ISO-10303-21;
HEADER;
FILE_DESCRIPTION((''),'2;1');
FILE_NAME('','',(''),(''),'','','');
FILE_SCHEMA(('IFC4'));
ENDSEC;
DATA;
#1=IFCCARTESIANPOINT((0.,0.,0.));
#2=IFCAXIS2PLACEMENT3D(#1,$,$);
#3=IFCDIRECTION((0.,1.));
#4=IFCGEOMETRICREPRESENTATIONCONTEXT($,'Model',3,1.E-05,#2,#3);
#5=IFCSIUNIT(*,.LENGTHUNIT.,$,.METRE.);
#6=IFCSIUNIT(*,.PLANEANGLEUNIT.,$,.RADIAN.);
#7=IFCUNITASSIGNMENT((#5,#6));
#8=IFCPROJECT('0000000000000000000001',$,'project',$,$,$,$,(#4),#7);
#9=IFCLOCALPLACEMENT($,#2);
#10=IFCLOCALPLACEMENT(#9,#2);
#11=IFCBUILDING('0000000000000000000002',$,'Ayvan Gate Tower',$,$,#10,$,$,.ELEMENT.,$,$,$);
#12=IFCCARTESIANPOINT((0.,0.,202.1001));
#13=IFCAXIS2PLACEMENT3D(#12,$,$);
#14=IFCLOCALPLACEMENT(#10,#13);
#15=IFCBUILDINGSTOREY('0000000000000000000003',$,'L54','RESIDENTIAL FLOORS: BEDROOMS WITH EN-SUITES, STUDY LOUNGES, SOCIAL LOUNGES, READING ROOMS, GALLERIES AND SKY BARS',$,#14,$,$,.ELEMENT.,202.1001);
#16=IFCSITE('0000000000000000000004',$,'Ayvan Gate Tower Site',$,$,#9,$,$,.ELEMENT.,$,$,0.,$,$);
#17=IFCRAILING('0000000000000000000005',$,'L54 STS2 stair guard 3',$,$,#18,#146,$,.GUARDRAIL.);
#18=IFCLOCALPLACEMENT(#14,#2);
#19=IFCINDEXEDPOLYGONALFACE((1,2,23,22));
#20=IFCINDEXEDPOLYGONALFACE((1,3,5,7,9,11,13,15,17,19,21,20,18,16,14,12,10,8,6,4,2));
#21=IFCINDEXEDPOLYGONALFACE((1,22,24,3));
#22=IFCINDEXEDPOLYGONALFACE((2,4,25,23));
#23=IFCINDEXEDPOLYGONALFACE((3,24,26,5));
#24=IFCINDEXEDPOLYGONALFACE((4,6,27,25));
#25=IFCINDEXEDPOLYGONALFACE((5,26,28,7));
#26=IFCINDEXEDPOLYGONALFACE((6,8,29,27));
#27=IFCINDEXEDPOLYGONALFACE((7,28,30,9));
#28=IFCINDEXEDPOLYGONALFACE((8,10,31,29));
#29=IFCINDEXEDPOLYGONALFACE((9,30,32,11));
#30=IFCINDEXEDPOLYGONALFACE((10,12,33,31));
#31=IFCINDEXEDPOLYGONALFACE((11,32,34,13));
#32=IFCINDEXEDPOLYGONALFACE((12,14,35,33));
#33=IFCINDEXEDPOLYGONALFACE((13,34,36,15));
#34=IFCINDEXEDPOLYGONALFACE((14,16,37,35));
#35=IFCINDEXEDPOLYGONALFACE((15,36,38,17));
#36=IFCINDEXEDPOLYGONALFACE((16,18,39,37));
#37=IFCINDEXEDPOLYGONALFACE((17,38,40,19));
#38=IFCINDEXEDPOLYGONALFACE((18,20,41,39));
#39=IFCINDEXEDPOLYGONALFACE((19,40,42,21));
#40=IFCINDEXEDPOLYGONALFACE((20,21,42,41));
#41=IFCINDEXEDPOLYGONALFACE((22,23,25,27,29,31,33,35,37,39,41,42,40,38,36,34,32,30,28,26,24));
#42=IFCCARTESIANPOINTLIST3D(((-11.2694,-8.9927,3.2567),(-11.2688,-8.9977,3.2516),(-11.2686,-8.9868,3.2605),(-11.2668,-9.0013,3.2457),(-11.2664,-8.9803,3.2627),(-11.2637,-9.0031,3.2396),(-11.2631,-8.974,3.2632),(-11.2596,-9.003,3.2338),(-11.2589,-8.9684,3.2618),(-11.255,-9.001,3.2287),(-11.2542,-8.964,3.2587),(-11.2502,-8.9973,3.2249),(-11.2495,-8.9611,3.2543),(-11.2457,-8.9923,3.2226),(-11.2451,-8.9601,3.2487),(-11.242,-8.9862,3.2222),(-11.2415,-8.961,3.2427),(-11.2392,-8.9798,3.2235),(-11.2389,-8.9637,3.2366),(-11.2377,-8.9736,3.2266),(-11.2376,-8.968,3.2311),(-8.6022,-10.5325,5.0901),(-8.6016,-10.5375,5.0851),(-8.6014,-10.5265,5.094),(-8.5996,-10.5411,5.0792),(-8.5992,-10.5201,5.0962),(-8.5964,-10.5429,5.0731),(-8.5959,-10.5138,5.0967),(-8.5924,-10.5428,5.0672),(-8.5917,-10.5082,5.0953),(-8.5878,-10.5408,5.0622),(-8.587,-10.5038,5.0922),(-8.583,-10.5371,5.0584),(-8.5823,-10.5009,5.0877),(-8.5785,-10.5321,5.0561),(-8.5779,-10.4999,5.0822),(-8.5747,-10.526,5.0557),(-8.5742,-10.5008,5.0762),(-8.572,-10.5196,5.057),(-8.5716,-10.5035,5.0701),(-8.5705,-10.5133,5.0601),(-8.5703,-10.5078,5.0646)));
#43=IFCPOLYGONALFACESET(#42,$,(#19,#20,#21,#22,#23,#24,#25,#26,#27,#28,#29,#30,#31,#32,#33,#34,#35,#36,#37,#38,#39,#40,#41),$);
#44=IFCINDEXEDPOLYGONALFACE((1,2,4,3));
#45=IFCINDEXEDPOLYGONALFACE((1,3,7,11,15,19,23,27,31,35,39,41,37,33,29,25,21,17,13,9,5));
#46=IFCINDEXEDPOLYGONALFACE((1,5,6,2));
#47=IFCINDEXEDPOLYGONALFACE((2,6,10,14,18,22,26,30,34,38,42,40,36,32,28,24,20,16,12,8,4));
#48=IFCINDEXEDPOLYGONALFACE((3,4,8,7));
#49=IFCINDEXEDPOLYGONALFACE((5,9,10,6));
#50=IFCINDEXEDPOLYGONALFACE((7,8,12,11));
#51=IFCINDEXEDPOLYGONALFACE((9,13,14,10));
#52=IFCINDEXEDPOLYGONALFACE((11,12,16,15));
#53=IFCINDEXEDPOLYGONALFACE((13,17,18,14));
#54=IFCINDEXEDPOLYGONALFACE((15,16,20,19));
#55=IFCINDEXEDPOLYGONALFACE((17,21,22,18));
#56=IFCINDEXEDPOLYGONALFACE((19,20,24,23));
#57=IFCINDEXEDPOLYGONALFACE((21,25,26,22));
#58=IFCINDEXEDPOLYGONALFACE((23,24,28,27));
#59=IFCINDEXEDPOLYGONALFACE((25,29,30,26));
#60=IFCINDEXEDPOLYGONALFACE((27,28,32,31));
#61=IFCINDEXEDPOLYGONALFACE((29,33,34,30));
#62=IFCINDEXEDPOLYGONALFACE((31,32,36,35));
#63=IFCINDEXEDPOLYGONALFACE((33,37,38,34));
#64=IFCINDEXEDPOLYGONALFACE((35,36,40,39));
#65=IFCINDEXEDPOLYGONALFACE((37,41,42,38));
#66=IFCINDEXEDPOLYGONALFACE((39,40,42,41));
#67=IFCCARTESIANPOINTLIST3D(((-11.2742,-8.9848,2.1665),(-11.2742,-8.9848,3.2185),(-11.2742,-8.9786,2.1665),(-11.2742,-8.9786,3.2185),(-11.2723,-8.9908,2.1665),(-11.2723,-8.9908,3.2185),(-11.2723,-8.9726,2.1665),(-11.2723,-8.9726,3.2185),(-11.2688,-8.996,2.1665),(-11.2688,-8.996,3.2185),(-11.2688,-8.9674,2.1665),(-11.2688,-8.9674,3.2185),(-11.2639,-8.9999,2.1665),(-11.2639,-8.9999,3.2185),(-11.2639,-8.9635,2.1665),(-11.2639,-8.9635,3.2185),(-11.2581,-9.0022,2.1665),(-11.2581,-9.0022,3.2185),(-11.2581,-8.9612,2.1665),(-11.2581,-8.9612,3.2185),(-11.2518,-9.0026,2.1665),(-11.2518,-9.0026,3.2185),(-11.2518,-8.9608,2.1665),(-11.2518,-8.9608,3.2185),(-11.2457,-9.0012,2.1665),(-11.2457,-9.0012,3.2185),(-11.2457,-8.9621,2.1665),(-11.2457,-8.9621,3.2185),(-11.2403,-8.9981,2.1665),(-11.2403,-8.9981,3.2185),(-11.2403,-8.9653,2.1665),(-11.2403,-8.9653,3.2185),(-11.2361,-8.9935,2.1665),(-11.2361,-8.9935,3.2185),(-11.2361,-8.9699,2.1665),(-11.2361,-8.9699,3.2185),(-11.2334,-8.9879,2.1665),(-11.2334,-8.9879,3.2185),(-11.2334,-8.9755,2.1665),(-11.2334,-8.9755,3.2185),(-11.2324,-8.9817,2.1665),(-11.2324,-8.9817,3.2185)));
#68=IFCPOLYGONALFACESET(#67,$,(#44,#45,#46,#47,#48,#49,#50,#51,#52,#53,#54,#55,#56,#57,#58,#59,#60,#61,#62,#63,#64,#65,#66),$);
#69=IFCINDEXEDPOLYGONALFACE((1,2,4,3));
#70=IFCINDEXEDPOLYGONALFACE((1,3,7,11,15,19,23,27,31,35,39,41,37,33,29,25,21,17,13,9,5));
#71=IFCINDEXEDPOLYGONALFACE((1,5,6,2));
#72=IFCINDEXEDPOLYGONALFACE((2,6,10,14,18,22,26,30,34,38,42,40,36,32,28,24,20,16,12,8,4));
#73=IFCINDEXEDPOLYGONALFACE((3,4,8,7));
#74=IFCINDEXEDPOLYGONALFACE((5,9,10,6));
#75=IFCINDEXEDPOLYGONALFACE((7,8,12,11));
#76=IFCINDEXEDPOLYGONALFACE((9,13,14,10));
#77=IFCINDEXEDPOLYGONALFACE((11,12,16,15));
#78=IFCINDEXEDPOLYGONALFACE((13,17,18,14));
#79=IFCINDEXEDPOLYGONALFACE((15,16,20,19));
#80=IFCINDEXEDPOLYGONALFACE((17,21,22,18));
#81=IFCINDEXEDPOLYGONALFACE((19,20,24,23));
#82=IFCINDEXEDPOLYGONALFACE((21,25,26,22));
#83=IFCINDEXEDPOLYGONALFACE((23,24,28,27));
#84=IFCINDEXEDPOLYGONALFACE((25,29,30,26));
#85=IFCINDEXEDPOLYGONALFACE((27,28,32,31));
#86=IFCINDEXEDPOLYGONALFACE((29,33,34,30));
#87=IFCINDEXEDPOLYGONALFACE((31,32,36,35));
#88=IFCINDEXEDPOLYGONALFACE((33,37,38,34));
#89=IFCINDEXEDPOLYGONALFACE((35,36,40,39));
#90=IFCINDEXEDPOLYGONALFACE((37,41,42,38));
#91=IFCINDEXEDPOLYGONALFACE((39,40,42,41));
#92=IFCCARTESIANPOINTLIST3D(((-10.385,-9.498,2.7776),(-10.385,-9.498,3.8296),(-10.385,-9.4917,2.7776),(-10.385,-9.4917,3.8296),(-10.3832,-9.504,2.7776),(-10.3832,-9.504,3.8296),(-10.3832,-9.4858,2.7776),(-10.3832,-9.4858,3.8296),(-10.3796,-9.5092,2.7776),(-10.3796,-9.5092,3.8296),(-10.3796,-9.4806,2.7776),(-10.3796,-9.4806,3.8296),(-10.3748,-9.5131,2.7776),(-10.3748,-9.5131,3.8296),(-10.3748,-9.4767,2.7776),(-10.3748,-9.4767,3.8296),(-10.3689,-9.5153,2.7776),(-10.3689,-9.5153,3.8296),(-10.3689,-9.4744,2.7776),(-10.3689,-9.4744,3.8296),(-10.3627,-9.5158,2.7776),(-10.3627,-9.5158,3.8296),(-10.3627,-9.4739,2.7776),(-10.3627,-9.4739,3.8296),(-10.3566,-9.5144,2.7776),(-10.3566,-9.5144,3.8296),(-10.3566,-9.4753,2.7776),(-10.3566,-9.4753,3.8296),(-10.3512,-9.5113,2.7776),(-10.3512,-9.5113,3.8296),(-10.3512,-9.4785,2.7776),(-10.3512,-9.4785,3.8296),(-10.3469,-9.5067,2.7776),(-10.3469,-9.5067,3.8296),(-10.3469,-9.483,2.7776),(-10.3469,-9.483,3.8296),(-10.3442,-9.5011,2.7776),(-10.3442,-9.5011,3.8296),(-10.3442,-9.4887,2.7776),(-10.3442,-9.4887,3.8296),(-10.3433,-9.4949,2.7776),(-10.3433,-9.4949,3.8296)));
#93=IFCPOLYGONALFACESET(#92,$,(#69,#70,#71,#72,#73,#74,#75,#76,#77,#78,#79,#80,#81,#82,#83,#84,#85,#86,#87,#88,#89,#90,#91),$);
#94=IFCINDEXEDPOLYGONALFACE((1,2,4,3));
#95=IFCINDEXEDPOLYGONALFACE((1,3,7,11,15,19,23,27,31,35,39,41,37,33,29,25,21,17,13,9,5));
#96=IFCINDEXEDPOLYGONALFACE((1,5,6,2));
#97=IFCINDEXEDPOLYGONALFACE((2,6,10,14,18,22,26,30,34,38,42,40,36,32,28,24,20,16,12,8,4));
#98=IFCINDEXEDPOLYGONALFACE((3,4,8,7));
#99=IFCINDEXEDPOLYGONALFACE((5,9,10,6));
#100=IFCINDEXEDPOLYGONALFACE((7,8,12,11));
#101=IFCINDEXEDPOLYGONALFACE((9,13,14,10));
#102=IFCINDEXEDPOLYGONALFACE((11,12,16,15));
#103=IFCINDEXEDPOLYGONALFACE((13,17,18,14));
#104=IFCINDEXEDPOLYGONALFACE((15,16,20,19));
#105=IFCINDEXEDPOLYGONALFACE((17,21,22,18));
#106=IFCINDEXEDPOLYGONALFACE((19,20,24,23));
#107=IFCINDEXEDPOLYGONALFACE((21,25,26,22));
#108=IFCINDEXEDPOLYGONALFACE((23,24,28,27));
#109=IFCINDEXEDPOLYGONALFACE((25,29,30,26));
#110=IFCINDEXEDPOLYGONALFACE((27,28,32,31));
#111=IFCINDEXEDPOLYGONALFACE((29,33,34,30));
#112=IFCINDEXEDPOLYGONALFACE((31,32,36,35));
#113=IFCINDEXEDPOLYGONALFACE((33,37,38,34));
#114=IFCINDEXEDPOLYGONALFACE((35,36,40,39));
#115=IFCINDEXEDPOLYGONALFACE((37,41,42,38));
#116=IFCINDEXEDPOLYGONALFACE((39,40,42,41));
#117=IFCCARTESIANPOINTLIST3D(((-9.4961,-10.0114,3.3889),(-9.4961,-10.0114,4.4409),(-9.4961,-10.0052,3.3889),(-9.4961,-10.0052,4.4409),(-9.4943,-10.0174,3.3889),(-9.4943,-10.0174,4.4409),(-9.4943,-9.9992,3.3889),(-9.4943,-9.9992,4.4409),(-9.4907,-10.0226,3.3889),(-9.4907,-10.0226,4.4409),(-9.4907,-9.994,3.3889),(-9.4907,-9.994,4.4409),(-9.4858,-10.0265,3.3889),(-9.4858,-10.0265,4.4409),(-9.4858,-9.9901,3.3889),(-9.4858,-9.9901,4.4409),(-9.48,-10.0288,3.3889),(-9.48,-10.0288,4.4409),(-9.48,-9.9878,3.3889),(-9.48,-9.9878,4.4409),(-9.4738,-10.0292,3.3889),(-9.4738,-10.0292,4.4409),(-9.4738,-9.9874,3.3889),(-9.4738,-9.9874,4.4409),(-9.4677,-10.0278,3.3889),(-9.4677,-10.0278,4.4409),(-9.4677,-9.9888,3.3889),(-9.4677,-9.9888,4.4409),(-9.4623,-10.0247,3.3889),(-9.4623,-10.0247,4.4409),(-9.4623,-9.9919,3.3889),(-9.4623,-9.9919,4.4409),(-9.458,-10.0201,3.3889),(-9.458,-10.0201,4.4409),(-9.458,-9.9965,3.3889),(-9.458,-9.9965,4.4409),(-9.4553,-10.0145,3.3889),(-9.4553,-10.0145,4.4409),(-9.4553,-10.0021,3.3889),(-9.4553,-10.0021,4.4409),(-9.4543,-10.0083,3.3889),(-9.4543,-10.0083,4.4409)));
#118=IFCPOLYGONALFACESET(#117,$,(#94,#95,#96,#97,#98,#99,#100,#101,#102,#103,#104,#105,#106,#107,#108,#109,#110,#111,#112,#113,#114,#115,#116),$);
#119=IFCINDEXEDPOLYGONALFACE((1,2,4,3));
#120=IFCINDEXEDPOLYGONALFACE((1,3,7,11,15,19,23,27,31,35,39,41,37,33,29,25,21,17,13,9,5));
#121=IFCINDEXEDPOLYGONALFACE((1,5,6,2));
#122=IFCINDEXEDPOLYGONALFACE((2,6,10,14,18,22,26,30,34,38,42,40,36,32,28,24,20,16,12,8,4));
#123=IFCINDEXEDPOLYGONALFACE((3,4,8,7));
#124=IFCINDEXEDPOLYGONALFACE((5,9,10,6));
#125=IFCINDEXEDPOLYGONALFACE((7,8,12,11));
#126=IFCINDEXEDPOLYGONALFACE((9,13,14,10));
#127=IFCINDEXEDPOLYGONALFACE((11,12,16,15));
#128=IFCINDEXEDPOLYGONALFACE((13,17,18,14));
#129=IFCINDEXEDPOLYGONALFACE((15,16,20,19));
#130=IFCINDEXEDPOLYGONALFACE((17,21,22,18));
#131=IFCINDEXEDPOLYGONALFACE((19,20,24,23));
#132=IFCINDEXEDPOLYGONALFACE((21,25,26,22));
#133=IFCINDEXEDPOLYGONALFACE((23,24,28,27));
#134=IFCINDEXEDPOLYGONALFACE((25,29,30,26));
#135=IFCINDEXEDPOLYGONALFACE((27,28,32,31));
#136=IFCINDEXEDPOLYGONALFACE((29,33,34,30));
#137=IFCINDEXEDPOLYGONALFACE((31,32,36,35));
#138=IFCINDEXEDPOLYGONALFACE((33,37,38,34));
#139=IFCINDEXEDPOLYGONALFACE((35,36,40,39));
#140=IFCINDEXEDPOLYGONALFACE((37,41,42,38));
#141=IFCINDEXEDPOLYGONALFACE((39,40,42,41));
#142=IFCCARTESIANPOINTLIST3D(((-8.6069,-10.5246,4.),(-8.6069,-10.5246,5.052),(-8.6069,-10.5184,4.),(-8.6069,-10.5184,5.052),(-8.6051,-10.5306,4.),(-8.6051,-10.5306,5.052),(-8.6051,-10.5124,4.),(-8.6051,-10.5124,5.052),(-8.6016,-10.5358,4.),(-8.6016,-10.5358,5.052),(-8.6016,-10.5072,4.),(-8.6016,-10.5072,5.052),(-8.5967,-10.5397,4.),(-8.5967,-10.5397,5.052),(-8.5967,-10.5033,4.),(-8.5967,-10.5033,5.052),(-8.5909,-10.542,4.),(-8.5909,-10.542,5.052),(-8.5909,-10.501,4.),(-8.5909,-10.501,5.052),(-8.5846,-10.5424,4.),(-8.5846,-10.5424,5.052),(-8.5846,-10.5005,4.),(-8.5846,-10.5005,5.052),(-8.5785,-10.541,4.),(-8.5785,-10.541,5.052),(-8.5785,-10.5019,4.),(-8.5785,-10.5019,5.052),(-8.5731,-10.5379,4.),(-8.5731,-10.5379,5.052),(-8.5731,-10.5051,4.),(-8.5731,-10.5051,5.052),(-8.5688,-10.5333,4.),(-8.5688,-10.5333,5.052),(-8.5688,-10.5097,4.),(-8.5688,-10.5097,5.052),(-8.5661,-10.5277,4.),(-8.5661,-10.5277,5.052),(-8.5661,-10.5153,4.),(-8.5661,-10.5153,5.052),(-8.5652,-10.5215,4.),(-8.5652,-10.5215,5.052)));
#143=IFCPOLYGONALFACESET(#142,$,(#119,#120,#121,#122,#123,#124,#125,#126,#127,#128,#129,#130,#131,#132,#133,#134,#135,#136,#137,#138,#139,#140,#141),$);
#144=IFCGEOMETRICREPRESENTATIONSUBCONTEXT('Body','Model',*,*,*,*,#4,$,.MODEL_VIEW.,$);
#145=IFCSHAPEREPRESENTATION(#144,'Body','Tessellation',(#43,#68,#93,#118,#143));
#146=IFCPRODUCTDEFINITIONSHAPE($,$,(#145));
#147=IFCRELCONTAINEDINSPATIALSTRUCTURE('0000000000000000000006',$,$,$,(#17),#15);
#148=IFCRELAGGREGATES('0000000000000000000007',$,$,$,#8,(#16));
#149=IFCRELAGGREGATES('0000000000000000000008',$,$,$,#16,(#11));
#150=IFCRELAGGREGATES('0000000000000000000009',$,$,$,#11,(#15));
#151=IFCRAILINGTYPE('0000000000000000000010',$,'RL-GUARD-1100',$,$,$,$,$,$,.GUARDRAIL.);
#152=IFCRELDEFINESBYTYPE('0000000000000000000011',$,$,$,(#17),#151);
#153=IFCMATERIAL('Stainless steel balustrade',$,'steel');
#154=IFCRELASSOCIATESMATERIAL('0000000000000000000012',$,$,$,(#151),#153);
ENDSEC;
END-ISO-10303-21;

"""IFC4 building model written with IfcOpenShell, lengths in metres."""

from ifc_helpers import new_model, si_unit, direction, frame, origin, origin_2d, place, context, subcontext, project, spatial, circle, extrude, material, type_object, element, save


model = new_model("IFC4")

# Units and contexts
model_context = context("Model", 3, precision=1e-05, world=origin(), true_north=direction((0.0, 1.0)))
body_context = subcontext(model_context, "Body", "Model", "MODEL_VIEW")
ifc_project = project(units=[si_unit("LENGTHUNIT", "METRE"), si_unit("PLANEANGLEUNIT", "RADIAN")], contexts=[model_context])

# Site, building, storey
site_placement = place(None, origin())
site = spatial("IfcSite", under=ifc_project, at=site_placement, Name="Ayvan Gate Tower Site", CompositionType="ELEMENT", RefElevation=0.0)
building_placement = place(site_placement, origin())
building = spatial("IfcBuilding", under=site, at=building_placement, Name="Ayvan Gate Tower", CompositionType="ELEMENT")
storey_placement = place(building_placement, frame((0.0, 0.0, 202.1001)))
storey = spatial("IfcBuildingStorey", under=building, at=storey_placement, Name="L54", Description="RESIDENTIAL FLOORS: BEDROOMS WITH EN-SUITES, STUDY LOUNGES, SOCIAL LOUNGES, READING ROOMS, GALLERIES AND SKY BARS", CompositionType="ELEMENT", Elevation=202.1001)

# Railing
ifc_material_1 = material(Name="Stainless steel balustrade", Category="steel")
railing_type_1 = type_object("IfcRailingType", Name="RL-GUARD-1100", PredefinedType="GUARDRAIL", material=ifc_material_1)
railing_1_placement = place(storey_placement, frame((-11.2534, -8.9817, 2.1665)))
element("IfcRailing", 1, at=railing_1_placement, inside=storey, type_object=railing_type_1, Name="L54 STS2 stair guard 3", PredefinedType="GUARDRAIL", context=body_context, shape_type="SweptSolid", body=[
    extrude(circle(Radius=0.0239, at=origin_2d()), frame((0.0, 0.0, 1.0762), z_axis=(0.744155, -0.429601, 0.511543), x_axis=(0.499967, 0.866044, 0.0)), (0.0, 0.0, 1.0), 3.5842),
    extrude(circle(Radius=0.021, at=origin_2d()), origin(), (0.0, 0.0, 1.0), 1.052),
    extrude(circle(Radius=0.021, at=origin_2d()), frame((0.8892, -0.5132, 0.6111)), (0.0, 0.0, 1.0), 1.052),
    extrude(circle(Radius=0.021, at=origin_2d()), frame((1.7781, -1.0266, 1.2224)), (0.0, 0.0, 1.0), 1.052),
    extrude(circle(Radius=0.021, at=origin_2d()), frame((2.6672, -1.5398, 1.8335)), (0.0, 0.0, 1.0), 1.052),
])

save(model, "model.ifc")
